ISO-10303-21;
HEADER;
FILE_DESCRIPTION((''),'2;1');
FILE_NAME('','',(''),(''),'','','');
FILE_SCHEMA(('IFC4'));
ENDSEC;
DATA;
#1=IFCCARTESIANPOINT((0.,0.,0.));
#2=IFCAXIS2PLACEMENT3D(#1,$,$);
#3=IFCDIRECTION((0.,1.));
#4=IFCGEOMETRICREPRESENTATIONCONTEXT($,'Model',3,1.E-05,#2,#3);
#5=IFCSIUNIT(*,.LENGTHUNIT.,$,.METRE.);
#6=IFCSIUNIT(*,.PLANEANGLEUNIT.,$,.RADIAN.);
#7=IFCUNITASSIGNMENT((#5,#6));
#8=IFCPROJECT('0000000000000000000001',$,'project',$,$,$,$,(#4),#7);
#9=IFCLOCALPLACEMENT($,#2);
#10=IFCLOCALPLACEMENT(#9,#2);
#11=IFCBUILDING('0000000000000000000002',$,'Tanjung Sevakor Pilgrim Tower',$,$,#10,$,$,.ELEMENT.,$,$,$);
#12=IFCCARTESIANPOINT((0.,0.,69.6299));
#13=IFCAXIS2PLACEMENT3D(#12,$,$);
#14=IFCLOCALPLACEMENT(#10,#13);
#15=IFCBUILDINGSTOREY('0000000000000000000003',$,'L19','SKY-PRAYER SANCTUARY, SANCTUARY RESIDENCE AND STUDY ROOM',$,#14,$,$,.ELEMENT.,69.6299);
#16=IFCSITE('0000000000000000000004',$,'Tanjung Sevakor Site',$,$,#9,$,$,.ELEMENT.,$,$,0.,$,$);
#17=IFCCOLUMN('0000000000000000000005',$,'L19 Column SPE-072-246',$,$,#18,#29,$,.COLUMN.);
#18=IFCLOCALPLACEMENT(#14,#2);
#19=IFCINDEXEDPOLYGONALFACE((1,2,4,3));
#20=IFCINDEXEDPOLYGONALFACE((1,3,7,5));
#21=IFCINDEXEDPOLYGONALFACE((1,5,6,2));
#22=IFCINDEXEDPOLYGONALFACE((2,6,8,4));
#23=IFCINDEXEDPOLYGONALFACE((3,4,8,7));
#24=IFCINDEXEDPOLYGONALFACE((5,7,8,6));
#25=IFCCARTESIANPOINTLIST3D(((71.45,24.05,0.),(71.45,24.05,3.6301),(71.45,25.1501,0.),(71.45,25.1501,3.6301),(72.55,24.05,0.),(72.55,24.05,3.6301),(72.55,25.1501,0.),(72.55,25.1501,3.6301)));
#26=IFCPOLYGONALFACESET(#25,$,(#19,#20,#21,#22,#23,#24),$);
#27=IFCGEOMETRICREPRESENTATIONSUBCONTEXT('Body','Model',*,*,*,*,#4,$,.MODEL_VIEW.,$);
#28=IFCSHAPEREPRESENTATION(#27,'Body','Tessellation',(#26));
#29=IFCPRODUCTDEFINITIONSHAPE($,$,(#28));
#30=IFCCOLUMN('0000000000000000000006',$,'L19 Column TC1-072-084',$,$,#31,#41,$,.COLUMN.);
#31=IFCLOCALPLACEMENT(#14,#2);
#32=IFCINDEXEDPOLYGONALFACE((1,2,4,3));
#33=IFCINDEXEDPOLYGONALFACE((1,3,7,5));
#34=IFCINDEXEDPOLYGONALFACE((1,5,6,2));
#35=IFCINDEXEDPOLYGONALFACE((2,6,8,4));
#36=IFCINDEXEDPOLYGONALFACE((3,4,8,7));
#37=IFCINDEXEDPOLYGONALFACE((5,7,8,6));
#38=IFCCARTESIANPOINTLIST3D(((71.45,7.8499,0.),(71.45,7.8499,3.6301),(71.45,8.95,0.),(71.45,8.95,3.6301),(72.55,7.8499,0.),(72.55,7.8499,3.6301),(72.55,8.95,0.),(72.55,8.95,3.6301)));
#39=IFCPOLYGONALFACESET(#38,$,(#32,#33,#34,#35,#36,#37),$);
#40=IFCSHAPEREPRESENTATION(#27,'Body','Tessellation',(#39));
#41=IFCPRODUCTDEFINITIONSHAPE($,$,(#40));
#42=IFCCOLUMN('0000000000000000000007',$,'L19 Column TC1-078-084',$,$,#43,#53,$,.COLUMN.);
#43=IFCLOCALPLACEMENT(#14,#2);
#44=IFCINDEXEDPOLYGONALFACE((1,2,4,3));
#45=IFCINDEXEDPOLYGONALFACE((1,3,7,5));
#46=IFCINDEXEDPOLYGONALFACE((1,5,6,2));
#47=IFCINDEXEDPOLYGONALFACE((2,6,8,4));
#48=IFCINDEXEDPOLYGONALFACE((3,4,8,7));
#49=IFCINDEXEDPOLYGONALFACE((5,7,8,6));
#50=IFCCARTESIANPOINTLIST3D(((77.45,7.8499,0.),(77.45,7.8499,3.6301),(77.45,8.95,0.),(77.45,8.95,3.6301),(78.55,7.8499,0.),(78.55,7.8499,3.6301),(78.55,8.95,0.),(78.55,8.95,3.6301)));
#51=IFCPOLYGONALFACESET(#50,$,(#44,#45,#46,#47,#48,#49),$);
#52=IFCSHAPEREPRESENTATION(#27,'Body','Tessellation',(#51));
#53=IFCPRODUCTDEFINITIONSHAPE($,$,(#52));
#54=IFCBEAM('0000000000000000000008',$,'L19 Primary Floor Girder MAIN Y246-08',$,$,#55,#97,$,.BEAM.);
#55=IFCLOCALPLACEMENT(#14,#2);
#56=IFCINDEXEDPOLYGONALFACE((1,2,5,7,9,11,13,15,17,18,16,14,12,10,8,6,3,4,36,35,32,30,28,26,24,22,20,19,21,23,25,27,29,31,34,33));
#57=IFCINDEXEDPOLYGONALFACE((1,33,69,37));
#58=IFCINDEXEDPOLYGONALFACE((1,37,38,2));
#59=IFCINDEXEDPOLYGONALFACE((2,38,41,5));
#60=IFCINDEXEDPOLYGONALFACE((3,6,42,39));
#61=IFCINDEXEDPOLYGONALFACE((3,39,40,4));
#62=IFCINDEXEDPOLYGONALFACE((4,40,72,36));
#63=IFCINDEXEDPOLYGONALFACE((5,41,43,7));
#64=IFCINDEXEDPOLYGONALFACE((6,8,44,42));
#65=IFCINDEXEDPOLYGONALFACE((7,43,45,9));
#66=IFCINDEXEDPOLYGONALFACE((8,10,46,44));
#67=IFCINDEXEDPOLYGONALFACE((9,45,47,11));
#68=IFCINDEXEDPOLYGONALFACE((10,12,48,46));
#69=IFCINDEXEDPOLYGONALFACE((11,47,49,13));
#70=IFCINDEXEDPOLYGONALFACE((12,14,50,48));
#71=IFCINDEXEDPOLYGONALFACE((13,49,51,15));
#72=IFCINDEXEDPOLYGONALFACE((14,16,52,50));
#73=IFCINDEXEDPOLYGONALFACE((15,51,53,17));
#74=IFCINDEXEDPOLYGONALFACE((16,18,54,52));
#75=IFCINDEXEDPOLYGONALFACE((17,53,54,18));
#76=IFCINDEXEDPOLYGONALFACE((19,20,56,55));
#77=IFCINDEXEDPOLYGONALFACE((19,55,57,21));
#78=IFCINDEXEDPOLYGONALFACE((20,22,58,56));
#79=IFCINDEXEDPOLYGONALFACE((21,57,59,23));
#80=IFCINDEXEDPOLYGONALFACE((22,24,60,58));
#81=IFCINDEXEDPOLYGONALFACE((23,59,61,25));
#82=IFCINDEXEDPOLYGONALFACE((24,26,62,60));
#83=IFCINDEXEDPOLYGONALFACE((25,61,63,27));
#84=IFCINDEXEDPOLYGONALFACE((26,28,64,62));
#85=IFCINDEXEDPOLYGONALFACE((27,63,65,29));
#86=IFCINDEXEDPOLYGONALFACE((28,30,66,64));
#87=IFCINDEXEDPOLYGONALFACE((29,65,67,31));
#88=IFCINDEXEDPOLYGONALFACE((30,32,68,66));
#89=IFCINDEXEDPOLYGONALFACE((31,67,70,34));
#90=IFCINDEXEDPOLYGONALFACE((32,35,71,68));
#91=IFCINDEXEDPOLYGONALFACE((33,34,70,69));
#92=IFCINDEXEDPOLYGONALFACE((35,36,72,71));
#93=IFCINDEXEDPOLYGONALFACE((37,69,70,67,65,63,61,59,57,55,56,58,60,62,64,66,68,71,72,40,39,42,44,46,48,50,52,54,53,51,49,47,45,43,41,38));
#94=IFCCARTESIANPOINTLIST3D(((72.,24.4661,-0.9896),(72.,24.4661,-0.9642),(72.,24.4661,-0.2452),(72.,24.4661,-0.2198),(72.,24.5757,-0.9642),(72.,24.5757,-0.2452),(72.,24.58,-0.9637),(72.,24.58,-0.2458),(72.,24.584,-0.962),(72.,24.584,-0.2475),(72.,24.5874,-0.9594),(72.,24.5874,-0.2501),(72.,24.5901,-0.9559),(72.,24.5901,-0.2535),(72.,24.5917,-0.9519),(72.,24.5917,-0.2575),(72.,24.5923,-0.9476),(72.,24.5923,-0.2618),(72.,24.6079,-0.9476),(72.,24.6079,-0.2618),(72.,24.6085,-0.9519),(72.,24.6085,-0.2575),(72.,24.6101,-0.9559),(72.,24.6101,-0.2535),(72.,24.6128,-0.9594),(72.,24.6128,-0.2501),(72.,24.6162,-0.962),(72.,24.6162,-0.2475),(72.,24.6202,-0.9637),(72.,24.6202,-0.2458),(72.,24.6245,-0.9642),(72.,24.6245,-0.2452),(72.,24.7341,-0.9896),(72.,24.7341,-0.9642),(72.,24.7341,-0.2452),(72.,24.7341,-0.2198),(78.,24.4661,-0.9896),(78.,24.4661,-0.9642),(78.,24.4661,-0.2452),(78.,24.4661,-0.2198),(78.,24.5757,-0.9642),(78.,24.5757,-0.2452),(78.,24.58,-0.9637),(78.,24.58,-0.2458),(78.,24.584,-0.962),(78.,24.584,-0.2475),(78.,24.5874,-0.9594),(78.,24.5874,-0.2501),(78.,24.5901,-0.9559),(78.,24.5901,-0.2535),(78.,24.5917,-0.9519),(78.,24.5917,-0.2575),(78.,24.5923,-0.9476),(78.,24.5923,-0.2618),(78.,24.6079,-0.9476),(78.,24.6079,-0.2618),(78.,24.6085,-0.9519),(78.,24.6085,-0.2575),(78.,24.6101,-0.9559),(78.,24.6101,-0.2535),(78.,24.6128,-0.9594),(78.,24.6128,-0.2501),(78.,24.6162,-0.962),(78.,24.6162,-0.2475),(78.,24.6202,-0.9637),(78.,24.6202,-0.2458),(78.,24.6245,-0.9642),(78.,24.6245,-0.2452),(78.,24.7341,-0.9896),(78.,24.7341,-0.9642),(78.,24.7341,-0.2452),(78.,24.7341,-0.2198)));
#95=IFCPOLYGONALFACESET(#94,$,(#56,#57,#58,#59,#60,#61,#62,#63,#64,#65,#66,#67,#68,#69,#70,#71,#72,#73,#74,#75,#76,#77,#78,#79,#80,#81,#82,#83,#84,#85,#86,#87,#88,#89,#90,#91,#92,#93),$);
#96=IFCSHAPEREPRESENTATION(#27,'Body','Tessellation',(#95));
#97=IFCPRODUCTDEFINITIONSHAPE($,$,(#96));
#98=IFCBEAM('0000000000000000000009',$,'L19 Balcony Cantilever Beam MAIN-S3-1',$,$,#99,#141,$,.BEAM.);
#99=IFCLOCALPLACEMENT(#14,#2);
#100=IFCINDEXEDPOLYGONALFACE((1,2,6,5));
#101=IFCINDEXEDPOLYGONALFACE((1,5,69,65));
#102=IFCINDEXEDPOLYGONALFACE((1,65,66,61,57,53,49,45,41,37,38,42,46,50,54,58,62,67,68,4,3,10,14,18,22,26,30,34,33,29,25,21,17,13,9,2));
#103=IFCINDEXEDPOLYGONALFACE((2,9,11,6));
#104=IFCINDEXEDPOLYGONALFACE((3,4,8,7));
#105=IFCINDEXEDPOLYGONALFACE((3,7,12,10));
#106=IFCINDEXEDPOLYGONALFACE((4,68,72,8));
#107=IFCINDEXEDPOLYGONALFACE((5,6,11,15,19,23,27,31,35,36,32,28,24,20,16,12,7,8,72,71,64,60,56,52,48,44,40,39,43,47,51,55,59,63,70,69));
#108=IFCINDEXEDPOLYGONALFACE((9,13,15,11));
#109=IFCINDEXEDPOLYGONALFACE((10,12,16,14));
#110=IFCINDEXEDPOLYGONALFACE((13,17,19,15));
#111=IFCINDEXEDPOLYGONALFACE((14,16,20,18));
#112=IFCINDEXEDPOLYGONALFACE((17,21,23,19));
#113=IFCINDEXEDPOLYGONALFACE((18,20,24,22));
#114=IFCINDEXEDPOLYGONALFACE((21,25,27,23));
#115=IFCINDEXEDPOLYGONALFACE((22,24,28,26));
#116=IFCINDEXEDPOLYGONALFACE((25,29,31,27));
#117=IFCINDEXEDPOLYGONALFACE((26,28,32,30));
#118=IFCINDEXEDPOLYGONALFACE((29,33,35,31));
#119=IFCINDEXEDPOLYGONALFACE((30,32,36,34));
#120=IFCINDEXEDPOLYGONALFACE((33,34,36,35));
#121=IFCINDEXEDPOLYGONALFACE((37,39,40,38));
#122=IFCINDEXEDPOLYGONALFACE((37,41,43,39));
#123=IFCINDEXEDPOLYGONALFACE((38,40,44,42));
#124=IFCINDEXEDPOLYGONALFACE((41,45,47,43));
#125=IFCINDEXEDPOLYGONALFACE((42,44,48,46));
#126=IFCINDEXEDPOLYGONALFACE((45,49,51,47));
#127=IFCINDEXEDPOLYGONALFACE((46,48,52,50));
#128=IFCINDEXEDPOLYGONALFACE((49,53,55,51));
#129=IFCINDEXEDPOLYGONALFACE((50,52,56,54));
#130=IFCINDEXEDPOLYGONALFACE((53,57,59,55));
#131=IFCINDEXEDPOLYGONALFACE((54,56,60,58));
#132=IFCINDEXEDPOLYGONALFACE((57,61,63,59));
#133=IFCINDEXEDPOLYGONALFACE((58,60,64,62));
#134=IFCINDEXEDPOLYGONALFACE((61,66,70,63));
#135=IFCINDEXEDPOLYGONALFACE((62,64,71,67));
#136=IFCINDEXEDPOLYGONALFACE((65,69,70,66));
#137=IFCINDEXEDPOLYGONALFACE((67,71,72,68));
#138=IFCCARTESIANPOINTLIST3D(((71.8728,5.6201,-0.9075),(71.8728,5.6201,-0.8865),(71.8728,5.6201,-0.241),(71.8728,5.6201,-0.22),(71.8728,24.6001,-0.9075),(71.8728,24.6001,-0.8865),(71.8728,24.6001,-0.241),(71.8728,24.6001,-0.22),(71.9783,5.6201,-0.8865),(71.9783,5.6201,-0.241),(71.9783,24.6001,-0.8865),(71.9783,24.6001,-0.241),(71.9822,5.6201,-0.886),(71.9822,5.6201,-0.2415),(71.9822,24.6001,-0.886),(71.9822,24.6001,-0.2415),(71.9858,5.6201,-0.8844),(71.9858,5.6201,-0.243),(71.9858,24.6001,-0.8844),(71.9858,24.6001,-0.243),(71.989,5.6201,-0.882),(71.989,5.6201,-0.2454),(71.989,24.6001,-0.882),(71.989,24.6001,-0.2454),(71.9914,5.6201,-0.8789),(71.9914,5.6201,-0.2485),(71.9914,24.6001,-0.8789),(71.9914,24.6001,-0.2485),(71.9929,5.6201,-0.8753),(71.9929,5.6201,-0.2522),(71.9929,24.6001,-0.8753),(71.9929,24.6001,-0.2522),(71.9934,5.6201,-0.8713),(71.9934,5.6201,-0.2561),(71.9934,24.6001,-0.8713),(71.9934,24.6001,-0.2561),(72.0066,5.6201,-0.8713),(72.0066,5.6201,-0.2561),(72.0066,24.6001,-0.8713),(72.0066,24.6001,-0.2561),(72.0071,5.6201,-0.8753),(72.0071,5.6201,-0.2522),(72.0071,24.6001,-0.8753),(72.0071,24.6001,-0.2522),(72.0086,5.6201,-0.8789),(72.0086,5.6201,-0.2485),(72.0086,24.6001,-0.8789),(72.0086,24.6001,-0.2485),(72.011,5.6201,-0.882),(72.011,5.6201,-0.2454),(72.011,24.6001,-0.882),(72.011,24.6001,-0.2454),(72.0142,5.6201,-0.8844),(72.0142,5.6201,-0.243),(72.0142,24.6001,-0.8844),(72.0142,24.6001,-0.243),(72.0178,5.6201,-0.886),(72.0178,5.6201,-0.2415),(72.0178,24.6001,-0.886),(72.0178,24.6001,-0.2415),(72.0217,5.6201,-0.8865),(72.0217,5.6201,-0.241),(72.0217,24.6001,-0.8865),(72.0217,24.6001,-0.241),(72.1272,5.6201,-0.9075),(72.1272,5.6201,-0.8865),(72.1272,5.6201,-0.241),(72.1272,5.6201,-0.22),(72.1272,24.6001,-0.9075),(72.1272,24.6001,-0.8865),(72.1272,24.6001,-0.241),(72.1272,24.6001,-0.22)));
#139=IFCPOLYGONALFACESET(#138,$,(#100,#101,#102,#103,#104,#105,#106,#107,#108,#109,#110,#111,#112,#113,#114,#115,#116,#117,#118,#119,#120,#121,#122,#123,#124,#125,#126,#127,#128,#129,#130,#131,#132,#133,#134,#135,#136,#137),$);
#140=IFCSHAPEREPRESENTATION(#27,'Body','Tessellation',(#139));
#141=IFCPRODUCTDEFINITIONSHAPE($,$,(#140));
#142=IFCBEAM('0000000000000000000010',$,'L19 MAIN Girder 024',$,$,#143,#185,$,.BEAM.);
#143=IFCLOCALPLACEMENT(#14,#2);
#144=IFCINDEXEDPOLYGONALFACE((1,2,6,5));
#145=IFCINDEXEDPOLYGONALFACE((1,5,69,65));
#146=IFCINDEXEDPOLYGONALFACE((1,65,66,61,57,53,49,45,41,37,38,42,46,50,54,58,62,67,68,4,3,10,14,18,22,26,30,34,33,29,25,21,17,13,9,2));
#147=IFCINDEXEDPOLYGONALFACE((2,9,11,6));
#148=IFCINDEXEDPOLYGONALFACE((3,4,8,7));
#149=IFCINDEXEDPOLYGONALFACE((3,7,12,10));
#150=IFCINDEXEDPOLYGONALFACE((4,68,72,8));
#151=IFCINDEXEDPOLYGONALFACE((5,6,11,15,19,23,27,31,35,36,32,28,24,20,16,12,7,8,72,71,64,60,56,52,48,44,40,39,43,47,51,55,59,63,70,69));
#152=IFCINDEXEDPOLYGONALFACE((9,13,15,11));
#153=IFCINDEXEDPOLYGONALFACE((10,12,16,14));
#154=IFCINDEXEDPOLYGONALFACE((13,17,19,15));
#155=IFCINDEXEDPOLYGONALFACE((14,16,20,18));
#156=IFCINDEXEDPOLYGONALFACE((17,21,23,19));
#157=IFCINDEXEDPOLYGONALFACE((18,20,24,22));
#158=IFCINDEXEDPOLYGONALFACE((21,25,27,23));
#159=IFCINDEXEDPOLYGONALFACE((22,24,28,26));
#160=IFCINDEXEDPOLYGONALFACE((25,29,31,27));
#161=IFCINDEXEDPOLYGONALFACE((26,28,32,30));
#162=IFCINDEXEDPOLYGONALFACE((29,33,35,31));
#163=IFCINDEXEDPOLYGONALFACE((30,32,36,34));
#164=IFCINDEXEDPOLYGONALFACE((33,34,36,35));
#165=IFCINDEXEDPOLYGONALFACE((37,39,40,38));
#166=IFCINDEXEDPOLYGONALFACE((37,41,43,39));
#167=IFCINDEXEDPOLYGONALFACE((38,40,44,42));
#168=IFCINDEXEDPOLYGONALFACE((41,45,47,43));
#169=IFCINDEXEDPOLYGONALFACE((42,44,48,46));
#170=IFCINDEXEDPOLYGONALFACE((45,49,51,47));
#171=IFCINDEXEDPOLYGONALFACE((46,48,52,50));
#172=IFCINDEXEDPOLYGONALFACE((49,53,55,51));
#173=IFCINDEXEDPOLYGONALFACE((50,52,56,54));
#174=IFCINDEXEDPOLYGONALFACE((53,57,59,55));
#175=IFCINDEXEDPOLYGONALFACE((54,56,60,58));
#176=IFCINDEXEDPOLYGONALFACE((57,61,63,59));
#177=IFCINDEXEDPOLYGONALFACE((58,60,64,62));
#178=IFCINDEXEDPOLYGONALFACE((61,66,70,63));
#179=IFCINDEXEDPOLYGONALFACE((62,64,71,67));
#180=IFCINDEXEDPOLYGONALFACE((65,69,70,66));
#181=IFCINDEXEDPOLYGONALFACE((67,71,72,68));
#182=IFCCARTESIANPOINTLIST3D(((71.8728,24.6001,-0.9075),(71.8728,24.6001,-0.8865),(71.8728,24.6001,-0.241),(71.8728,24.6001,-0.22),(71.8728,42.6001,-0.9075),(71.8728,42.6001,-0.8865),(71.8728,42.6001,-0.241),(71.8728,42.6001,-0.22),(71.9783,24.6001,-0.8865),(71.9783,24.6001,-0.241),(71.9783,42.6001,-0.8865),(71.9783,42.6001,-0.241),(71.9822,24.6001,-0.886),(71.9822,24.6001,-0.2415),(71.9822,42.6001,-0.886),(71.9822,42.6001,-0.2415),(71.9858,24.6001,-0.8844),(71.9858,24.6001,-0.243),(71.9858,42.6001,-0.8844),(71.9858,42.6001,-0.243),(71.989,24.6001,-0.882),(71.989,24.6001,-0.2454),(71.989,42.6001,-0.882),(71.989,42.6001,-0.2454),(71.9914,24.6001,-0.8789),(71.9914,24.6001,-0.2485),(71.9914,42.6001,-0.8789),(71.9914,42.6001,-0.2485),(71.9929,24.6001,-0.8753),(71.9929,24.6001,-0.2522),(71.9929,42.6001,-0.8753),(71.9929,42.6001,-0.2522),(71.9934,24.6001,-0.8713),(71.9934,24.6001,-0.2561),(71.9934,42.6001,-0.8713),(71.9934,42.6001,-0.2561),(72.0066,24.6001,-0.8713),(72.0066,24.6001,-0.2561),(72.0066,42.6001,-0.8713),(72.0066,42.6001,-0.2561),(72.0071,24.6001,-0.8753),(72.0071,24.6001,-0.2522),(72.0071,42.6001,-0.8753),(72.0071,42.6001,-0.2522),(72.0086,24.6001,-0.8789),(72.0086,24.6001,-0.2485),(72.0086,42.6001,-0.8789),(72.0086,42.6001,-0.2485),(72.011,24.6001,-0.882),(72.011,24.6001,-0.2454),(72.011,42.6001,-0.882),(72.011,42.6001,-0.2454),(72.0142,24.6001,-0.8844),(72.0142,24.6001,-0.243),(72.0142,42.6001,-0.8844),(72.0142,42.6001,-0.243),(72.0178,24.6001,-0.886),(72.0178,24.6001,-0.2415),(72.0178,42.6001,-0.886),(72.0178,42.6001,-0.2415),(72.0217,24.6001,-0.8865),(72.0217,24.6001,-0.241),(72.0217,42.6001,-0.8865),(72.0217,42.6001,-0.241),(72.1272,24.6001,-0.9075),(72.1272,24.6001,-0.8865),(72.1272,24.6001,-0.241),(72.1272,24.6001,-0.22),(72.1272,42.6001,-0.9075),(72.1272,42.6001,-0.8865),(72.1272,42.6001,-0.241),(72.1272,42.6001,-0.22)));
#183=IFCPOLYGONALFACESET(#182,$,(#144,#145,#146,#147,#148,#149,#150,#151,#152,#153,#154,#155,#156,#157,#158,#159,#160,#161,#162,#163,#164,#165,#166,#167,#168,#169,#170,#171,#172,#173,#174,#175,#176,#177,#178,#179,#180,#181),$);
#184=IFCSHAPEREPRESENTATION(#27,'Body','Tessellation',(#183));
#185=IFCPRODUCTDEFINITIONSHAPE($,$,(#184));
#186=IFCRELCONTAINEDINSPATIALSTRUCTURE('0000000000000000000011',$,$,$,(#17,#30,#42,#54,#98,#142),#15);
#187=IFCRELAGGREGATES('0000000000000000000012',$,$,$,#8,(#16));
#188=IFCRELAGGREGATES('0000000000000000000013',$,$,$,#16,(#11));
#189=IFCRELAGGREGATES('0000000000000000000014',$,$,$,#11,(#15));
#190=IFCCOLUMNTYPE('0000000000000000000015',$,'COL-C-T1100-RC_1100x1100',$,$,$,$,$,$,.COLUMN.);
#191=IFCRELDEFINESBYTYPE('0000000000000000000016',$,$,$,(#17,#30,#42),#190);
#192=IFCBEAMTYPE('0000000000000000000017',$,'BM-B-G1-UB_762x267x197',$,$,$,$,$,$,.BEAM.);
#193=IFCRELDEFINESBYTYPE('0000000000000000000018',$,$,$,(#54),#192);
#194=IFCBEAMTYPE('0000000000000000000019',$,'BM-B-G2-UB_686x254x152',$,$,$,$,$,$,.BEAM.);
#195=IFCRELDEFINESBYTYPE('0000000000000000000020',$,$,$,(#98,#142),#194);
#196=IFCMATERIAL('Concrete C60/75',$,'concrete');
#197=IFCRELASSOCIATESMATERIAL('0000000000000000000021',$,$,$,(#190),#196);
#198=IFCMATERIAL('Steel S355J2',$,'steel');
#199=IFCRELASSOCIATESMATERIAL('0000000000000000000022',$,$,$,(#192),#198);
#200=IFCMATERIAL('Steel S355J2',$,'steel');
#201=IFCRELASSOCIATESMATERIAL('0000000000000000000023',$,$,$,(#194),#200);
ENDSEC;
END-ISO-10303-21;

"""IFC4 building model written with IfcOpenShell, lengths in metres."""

from ifc_helpers import new_model, si_unit, direction, frame, origin, origin_2d, place, context, subcontext, project, spatial, rectangle, i_section, extrude, material, material_profile, profile_set, type_object, element, save


model = new_model("IFC4")

# Units and contexts
model_context = context("Model", 3, precision=1e-05, world=origin(), true_north=direction((0.0, 1.0)))
body_context = subcontext(model_context, "Body", "Model", "MODEL_VIEW")
ifc_project = project(units=[si_unit("LENGTHUNIT", "METRE"), si_unit("PLANEANGLEUNIT", "RADIAN")], contexts=[model_context])

# Site, building, storey
site_placement = place(None, origin())
site = spatial("IfcSite", under=ifc_project, at=site_placement, Name="Tanjung Sevakor Site", CompositionType="ELEMENT", RefElevation=0.0)
building_placement = place(site_placement, origin())
building = spatial("IfcBuilding", under=site, at=building_placement, Name="Tanjung Sevakor Pilgrim Tower", CompositionType="ELEMENT")
storey_placement = place(building_placement, frame((0.0, 0.0, 69.6299)))
storey = spatial("IfcBuildingStorey", under=building, at=storey_placement, Name="L19", Description="SKY-PRAYER SANCTUARY, SANCTUARY RESIDENCE AND STUDY ROOM", CompositionType="ELEMENT", Elevation=69.6299)

# Columns
ifc_material_1 = material(Name="Concrete C60/75", Category="concrete")
ifc_material_profile_1 = material_profile(ifc_material_1, rectangle(XDim=1.1001, YDim=1.1001, at=origin_2d()))
ifc_profile_set_1 = profile_set([ifc_material_profile_1], Name="Concrete C60/75")
column_type = type_object("IfcColumnType", Name="COL-C-T1100-RC_1100x1100", PredefinedType="COLUMN", material=ifc_profile_set_1)
for number, where, z_axis, x_axis, name in (
    (1, (72.0, 24.6001, 0.0), (0.0, 0.0, 1.0), (1.0, 0.0, 0.0), "L19 Column SPE-072-246"),
    (2, (72.0, 8.3999, 0.0), (0.0, 0.0, 1.0), (1.0, 0.0, 0.0), "L19 Column TC1-072-084"),
    (3, (78.0, 8.3999, 0.0), (0.0, 0.0, 1.0), (1.0, 0.0, 0.0), "L19 Column TC1-078-084"),
):
    element("IfcColumn", number, at=place(storey_placement, frame(where, z_axis=z_axis, x_axis=x_axis)), inside=storey, type_object=column_type, Name=name, PredefinedType="COLUMN", context=body_context, shape_type="SweptSolid", body=[
        extrude(rectangle(XDim=1.1001, YDim=1.1001, at=origin_2d()), origin(), (0.0, 0.0, 1.0), 3.6301),
    ])

# Beams
ifc_material_2 = material(Name="Steel S355J2", Category="steel")
ifc_material_profile_2 = material_profile(ifc_material_2, i_section(OverallWidth=0.2681, OverallDepth=0.7698, WebThickness=0.0156, FlangeThickness=0.0254, FilletRadius=0.0166, at=origin_2d()))
ifc_profile_set_2 = profile_set([ifc_material_profile_2], Name="Steel S355J2")
beam_type_1 = type_object("IfcBeamType", Name="BM-B-G1-UB_762x267x197", PredefinedType="BEAM", material=ifc_profile_set_2)
beam_1_placement = place(storey_placement, frame((72.0, 24.6001, -0.6047), z_axis=(1.0, 0.0, 0.0), x_axis=(0.0, 1.0, 0.0)))
element("IfcBeam", 4, at=beam_1_placement, inside=storey, type_object=beam_type_1, Name="L19 Primary Floor Girder MAIN Y246-08", PredefinedType="BEAM", context=body_context, shape_type="SweptSolid", body=[
    extrude(i_section(OverallWidth=0.2681, OverallDepth=0.7698, WebThickness=0.0156, FlangeThickness=0.0254, FilletRadius=0.0166, at=origin_2d()), origin(), (0.0, 0.0, 1.0), 6.0),
])
ifc_material_3 = material(Name="Steel S355J2", Category="steel")
ifc_material_profile_3 = material_profile(ifc_material_3, i_section(OverallWidth=0.2544, OverallDepth=0.6875, WebThickness=0.0132, FlangeThickness=0.021, FilletRadius=0.0151, at=origin_2d()))
ifc_profile_set_3 = profile_set([ifc_material_profile_3], Name="Steel S355J2")
beam_type_2 = type_object("IfcBeamType", Name="BM-B-G2-UB_686x254x152", PredefinedType="BEAM", material=ifc_profile_set_3)
beam_2_placement = place(storey_placement, frame((72.0, 24.6001, -0.5637), z_axis=(0.0, -1.0, 0.0), x_axis=(1.0, 0.0, 0.0)))
element("IfcBeam", 5, at=beam_2_placement, inside=storey, type_object=beam_type_2, Name="L19 Balcony Cantilever Beam MAIN-S3-1", PredefinedType="BEAM", context=body_context, shape_type="SweptSolid", body=[
    extrude(i_section(OverallWidth=0.2544, OverallDepth=0.6875, WebThickness=0.0132, FlangeThickness=0.021, FilletRadius=0.0151, at=origin_2d()), origin(), (0.0, 0.0, 1.0), 18.98),
])
beam_3_placement = place(storey_placement, frame((72.0, 24.6001, -0.5637), z_axis=(0.0, 1.0, 0.0), x_axis=(-1.0, 0.0, 0.0)))
element("IfcBeam", 6, at=beam_3_placement, inside=storey, type_object=beam_type_2, Name="L19 MAIN Girder 024", PredefinedType="BEAM", context=body_context, shape_type="SweptSolid", body=[
    extrude(i_section(OverallWidth=0.2544, OverallDepth=0.6875, WebThickness=0.0132, FlangeThickness=0.021, FilletRadius=0.0151, at=origin_2d()), origin(), (0.0, 0.0, 1.0), 18.0),
])

save(model, "model.ifc")
